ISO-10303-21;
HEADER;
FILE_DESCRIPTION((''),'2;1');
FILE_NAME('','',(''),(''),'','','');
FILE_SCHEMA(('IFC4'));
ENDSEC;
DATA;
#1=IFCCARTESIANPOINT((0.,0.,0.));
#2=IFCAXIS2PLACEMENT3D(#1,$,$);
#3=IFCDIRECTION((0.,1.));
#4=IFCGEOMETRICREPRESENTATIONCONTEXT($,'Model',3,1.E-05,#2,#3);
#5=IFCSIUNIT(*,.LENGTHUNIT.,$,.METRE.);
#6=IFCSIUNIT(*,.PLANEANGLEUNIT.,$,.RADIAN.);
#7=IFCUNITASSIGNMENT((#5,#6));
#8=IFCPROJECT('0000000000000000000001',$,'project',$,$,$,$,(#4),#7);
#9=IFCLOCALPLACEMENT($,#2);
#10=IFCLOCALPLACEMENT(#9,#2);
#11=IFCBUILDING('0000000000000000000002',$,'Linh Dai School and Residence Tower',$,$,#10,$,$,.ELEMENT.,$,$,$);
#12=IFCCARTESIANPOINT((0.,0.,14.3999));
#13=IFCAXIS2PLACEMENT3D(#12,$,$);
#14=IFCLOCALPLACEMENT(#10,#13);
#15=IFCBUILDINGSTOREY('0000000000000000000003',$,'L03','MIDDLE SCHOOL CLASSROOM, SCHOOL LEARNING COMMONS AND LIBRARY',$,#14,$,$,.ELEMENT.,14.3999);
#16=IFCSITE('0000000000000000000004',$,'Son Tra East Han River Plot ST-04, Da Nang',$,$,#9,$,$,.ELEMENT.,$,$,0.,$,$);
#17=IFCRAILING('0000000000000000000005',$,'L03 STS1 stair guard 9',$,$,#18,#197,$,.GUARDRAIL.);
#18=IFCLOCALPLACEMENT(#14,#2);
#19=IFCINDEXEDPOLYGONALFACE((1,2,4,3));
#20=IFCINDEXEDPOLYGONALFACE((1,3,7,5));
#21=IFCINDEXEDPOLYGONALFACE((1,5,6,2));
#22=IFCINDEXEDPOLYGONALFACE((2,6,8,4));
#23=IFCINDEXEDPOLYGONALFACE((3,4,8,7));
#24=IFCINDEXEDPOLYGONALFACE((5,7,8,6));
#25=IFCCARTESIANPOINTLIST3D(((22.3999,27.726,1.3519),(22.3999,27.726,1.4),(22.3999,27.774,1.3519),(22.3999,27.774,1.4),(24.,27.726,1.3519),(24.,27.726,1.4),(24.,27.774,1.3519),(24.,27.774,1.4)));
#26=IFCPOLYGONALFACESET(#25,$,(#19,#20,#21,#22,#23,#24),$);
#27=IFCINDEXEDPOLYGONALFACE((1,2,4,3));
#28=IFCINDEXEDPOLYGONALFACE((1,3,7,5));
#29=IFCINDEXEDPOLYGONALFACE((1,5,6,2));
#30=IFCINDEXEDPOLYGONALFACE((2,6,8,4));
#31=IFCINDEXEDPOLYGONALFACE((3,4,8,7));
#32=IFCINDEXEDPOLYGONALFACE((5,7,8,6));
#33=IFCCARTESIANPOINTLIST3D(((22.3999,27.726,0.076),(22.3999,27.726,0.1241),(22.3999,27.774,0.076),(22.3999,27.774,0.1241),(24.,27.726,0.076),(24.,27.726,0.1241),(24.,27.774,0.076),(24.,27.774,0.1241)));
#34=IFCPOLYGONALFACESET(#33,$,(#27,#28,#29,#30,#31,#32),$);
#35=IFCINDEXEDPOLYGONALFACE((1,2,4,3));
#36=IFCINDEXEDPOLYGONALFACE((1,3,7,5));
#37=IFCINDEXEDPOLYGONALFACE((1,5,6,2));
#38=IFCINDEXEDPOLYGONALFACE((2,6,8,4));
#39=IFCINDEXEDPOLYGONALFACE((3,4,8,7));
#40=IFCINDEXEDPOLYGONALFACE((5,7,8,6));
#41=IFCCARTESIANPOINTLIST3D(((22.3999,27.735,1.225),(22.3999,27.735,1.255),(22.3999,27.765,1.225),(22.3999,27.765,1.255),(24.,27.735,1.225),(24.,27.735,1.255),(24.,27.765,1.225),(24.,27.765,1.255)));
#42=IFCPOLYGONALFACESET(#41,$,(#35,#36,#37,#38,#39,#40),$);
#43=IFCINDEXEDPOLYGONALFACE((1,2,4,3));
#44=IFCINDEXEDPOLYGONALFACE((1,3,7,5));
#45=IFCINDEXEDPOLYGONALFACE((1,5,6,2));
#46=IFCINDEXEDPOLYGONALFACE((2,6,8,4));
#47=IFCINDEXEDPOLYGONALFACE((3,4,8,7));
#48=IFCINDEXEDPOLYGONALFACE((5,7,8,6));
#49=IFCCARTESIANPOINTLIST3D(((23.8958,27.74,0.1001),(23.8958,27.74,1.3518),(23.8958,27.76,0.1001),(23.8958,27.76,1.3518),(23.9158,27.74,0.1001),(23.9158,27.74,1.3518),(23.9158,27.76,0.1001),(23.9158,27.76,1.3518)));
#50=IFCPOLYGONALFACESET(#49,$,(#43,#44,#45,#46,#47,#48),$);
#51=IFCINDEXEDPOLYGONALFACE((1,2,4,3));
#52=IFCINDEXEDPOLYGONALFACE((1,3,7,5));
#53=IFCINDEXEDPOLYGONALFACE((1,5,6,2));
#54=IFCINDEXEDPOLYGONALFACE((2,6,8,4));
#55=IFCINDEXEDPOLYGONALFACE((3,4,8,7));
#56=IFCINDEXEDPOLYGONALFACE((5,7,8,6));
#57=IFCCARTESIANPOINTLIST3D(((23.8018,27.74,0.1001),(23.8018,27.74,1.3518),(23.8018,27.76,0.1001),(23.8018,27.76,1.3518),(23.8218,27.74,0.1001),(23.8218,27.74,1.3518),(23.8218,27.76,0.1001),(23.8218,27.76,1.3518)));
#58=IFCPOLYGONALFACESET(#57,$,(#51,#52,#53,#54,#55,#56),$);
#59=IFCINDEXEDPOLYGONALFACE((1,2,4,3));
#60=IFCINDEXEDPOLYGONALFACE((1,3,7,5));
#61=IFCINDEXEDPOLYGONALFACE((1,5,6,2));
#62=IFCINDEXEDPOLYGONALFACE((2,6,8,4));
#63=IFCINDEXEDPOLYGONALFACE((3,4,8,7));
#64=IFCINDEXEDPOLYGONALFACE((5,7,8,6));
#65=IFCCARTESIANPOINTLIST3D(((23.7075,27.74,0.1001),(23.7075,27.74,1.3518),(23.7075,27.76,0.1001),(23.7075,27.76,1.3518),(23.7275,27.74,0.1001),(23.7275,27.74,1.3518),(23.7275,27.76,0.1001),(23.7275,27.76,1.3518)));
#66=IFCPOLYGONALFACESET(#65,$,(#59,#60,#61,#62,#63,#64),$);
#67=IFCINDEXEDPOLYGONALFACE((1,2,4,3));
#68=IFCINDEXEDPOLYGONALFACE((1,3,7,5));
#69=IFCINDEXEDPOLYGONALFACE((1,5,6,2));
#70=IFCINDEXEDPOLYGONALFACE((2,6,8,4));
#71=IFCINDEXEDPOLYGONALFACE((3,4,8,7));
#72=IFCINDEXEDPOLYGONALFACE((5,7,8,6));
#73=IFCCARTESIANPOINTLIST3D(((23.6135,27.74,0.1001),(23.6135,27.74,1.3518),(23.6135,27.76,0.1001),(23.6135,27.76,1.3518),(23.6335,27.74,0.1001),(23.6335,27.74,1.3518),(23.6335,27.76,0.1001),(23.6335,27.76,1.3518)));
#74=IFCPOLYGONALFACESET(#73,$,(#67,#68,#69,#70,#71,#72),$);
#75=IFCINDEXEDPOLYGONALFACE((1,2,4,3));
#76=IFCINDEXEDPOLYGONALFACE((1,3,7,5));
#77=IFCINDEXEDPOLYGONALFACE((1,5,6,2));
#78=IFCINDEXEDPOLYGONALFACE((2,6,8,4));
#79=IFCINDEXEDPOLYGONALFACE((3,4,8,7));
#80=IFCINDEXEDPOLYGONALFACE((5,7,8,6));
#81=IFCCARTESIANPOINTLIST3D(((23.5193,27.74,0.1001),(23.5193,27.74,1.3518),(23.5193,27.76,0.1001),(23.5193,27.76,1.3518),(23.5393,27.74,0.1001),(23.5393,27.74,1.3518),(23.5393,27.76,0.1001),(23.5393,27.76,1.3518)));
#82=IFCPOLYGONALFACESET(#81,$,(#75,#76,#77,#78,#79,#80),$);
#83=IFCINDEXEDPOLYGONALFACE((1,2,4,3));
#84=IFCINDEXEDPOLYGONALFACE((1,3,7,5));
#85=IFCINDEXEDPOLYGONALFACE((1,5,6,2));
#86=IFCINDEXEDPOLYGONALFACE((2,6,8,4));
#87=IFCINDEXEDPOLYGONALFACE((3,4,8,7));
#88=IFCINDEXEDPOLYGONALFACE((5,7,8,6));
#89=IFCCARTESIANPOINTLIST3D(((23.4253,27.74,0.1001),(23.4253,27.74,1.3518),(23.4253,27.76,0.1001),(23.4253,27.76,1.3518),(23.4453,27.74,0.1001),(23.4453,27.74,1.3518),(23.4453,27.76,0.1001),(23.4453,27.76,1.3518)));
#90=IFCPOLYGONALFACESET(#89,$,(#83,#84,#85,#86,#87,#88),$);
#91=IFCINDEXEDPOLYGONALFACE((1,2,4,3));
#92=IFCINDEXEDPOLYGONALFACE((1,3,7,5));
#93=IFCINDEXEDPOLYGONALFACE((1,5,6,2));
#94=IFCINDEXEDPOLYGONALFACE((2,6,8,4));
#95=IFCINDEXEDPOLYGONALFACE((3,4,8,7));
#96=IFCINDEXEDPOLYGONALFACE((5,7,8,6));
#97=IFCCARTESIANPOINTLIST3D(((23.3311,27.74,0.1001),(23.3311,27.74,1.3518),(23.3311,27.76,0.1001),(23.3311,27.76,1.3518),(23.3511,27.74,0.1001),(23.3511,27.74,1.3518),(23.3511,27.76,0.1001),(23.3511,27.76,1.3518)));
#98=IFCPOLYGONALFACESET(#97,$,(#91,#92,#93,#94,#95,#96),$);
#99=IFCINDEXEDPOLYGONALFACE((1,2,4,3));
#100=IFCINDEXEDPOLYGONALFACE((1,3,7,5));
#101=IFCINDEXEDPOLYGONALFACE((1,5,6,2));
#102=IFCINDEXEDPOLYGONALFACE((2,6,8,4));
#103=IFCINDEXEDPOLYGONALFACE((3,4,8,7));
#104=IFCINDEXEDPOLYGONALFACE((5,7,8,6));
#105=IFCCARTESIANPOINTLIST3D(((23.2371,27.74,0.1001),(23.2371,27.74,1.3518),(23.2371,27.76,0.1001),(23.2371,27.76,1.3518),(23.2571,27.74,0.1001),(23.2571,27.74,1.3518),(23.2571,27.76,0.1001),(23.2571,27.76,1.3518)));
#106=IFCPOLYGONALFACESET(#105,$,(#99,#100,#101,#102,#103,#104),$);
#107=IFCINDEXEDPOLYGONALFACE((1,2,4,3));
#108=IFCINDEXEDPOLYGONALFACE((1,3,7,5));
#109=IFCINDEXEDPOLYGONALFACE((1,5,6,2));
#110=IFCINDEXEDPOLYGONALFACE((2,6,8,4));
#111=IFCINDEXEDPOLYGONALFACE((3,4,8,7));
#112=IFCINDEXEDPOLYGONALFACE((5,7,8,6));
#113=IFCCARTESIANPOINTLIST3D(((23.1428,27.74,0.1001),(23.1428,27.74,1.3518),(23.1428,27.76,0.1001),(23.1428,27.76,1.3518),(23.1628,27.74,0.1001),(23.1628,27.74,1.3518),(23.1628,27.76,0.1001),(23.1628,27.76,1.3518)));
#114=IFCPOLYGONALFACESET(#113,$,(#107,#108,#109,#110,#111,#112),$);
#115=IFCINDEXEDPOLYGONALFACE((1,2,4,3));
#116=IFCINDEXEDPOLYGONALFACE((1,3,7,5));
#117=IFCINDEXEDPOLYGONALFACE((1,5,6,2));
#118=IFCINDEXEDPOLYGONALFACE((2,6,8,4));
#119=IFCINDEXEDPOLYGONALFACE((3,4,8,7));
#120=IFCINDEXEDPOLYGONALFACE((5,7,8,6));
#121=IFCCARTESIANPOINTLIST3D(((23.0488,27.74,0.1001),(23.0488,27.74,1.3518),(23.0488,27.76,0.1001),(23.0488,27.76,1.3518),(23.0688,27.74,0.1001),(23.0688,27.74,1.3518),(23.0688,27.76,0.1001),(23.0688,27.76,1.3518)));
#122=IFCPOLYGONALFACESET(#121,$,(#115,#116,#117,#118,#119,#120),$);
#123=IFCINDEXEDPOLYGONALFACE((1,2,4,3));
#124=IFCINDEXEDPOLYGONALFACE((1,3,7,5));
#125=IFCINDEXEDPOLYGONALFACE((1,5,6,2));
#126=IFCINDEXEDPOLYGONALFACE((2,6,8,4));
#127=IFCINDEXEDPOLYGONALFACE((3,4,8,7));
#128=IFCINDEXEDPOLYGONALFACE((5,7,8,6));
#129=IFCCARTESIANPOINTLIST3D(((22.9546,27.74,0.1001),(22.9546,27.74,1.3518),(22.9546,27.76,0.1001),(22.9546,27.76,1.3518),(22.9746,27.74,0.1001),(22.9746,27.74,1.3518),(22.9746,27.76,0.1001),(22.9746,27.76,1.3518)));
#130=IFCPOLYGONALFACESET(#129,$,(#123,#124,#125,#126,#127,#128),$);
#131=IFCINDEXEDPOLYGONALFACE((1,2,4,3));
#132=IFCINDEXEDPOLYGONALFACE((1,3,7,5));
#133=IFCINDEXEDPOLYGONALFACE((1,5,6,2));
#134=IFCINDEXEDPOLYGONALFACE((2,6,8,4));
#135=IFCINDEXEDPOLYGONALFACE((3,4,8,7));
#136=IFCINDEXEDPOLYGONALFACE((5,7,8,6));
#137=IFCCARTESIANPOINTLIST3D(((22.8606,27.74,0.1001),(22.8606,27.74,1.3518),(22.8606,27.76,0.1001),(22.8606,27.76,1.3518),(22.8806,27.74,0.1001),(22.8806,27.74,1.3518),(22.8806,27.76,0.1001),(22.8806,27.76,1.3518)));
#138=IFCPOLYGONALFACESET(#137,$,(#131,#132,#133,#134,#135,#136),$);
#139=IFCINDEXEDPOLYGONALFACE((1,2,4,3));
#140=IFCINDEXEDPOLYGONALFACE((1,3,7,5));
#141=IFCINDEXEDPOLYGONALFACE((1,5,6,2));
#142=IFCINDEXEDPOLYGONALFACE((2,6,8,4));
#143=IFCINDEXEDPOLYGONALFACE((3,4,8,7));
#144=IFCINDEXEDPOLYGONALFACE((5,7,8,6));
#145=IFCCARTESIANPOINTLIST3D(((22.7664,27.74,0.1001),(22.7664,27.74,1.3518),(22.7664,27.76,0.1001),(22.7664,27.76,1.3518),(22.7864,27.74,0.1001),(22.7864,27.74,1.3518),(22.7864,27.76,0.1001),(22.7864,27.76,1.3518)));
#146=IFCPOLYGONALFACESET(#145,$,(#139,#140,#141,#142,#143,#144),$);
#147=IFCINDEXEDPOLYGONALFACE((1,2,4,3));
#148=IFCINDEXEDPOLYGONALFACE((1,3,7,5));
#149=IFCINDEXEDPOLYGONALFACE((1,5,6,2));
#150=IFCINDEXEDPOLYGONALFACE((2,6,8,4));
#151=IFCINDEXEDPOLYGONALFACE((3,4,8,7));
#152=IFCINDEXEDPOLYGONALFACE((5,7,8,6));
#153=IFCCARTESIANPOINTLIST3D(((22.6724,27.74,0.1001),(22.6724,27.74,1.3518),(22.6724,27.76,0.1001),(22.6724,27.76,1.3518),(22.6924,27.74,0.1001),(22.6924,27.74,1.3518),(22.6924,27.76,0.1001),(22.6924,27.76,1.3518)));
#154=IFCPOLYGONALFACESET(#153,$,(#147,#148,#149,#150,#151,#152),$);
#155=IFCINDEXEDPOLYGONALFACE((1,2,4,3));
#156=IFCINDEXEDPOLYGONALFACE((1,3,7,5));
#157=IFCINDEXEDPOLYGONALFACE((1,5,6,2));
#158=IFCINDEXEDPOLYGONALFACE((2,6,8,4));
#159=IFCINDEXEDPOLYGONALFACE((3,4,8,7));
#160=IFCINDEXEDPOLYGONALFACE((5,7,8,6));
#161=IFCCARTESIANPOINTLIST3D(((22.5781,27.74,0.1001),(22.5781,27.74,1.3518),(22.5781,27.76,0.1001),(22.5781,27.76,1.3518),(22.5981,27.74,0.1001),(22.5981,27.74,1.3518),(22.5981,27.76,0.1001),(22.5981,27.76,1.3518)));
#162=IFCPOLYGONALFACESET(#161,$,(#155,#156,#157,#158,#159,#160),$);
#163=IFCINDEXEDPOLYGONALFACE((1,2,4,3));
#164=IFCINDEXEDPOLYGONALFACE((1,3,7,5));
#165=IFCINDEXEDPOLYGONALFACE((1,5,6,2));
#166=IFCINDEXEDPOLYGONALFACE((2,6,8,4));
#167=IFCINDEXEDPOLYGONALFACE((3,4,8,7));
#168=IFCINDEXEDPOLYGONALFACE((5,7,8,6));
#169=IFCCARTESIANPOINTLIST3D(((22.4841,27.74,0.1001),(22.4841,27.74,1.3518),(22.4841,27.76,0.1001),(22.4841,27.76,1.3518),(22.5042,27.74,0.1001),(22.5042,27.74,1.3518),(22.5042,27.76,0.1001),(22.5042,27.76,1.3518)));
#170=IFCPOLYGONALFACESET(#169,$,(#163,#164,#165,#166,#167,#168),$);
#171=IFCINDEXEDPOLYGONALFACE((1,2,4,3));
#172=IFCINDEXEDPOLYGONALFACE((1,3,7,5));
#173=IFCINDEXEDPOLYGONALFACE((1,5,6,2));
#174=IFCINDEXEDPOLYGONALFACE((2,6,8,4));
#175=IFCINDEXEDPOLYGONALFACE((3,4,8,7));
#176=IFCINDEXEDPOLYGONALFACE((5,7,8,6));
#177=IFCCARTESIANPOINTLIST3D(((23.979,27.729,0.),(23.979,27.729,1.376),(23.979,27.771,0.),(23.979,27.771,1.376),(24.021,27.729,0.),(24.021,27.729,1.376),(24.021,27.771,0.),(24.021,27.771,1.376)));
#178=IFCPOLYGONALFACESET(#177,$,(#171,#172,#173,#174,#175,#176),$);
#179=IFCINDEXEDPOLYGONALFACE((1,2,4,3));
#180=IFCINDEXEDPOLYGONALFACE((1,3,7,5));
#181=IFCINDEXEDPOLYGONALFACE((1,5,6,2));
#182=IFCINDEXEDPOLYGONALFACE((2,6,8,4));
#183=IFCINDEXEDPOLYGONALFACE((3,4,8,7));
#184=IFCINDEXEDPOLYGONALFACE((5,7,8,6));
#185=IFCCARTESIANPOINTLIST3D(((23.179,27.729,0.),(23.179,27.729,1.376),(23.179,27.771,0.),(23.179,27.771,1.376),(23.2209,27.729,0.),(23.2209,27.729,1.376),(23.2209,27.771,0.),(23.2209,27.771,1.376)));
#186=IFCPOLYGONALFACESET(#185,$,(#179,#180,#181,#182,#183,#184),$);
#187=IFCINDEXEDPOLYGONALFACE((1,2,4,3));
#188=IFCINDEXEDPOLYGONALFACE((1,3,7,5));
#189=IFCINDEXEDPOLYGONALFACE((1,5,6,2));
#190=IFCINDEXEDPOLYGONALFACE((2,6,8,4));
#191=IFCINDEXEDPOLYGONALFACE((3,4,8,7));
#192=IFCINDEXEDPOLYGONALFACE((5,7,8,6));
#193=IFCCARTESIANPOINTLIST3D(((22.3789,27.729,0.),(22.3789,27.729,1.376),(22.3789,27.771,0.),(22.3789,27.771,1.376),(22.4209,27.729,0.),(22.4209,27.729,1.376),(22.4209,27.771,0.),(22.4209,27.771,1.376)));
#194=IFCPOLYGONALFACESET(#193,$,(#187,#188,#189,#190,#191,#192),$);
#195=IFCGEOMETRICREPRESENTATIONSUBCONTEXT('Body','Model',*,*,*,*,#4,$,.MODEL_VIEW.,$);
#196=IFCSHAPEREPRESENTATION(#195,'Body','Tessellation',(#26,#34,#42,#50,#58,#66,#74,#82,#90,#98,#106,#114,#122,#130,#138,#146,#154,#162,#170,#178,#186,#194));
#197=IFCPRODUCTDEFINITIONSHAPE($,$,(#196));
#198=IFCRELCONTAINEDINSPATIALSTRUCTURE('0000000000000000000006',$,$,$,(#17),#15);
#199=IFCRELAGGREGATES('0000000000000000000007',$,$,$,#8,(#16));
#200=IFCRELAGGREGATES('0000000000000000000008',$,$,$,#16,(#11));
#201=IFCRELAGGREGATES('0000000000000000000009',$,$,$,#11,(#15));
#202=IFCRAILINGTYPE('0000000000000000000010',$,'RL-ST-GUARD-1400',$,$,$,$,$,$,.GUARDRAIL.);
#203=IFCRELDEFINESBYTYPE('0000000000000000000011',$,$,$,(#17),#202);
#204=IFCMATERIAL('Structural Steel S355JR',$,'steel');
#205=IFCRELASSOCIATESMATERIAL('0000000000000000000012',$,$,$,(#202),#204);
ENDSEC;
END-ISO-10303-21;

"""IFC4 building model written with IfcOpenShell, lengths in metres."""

from ifc_helpers import new_model, si_unit, direction, frame, origin, origin_2d, place, context, subcontext, project, spatial, rectangle, extrude, source, transform, mapped, material, type_object, element, save


model = new_model("IFC4")

# Units and contexts
model_context = context("Model", 3, precision=1e-05, world=origin(), true_north=direction((0.0, 1.0)))
body_context = subcontext(model_context, "Body", "Model", "MODEL_VIEW")
ifc_project = project(units=[si_unit("LENGTHUNIT", "METRE"), si_unit("PLANEANGLEUNIT", "RADIAN")], contexts=[model_context])

# Site, building, storey
site_placement = place(None, origin())
site = spatial("IfcSite", under=ifc_project, at=site_placement, Name="Son Tra East Han River Plot ST-04, Da Nang", CompositionType="ELEMENT", RefElevation=0.0)
building_placement = place(site_placement, origin())
building = spatial("IfcBuilding", under=site, at=building_placement, Name="Linh Dai School and Residence Tower", CompositionType="ELEMENT")
storey_placement = place(building_placement, frame((0.0, 0.0, 14.3999)))
storey = spatial("IfcBuildingStorey", under=building, at=storey_placement, Name="L03", Description="MIDDLE SCHOOL CLASSROOM, SCHOOL LEARNING COMMONS AND LIBRARY", CompositionType="ELEMENT", Elevation=14.3999)

# Shared definitions
ifc_material_1 = material(Name="Structural Steel S355JR", Category="steel")

# Railing
railing_type_1 = type_object("IfcRailingType", Name="RL-ST-GUARD-1400", PredefinedType="GUARDRAIL", material=ifc_material_1)
shared_shape_1 = source(origin(), body_context, "Body", "SweptSolid", [
    extrude(rectangle(XDim=0.0481, YDim=0.0481, at=origin_2d()), frame((0.0, 0.0, 1.376), z_axis=(-1.0, 0.0, 0.0), x_axis=(0.0, -1.0, 0.0)), (0.0, 0.0, 1.0), 1.6001),
    extrude(rectangle(XDim=0.0481, YDim=0.0481, at=origin_2d()), frame((0.0, 0.0, 0.1001), z_axis=(-1.0, 0.0, 0.0), x_axis=(0.0, -1.0, 0.0)), (0.0, 0.0, 1.0), 1.6001),
    extrude(rectangle(XDim=0.03, YDim=0.03, at=origin_2d()), frame((0.0, 0.0, 1.24), z_axis=(-1.0, 0.0, 0.0), x_axis=(0.0, -1.0, 0.0)), (0.0, 0.0, 1.0), 1.6001),
    extrude(rectangle(XDim=0.02, YDim=0.02, at=origin_2d()), frame((-0.0942, 0.0, 0.1001)), (0.0, 0.0, 1.0), 1.2517),
    extrude(rectangle(XDim=0.02, YDim=0.02, at=origin_2d()), frame((-0.1882, 0.0, 0.1001)), (0.0, 0.0, 1.0), 1.2517),
    extrude(rectangle(XDim=0.02, YDim=0.02, at=origin_2d()), frame((-0.2825, 0.0, 0.1001)), (0.0, 0.0, 1.0), 1.2517),
    extrude(rectangle(XDim=0.02, YDim=0.02, at=origin_2d()), frame((-0.3765, 0.0, 0.1001)), (0.0, 0.0, 1.0), 1.2517),
    extrude(rectangle(XDim=0.02, YDim=0.02, at=origin_2d()), frame((-0.4707, 0.0, 0.1001)), (0.0, 0.0, 1.0), 1.2517),
    extrude(rectangle(XDim=0.02, YDim=0.02, at=origin_2d()), frame((-0.5647, 0.0, 0.1001)), (0.0, 0.0, 1.0), 1.2517),
    extrude(rectangle(XDim=0.02, YDim=0.02, at=origin_2d()), frame((-0.6589, 0.0, 0.1001)), (0.0, 0.0, 1.0), 1.2517),
    extrude(rectangle(XDim=0.02, YDim=0.02, at=origin_2d()), frame((-0.7529, 0.0, 0.1001)), (0.0, 0.0, 1.0), 1.2517),
    extrude(rectangle(XDim=0.02, YDim=0.02, at=origin_2d()), frame((-0.8472, 0.0, 0.1001)), (0.0, 0.0, 1.0), 1.2517),
    extrude(rectangle(XDim=0.02, YDim=0.02, at=origin_2d()), frame((-0.9412, 0.0, 0.1001)), (0.0, 0.0, 1.0), 1.2517),
    extrude(rectangle(XDim=0.02, YDim=0.02, at=origin_2d()), frame((-1.0354, 0.0, 0.1001)), (0.0, 0.0, 1.0), 1.2517),
    extrude(rectangle(XDim=0.02, YDim=0.02, at=origin_2d()), frame((-1.1294, 0.0, 0.1001)), (0.0, 0.0, 1.0), 1.2517),
    extrude(rectangle(XDim=0.02, YDim=0.02, at=origin_2d()), frame((-1.2236, 0.0, 0.1001)), (0.0, 0.0, 1.0), 1.2517),
    extrude(rectangle(XDim=0.02, YDim=0.02, at=origin_2d()), frame((-1.3176, 0.0, 0.1001)), (0.0, 0.0, 1.0), 1.2517),
    extrude(rectangle(XDim=0.02, YDim=0.02, at=origin_2d()), frame((-1.4119, 0.0, 0.1001)), (0.0, 0.0, 1.0), 1.2517),
    extrude(rectangle(XDim=0.02, YDim=0.02, at=origin_2d()), frame((-1.5059, 0.0, 0.1001)), (0.0, 0.0, 1.0), 1.2517),
    extrude(rectangle(XDim=0.042, YDim=0.042, at=origin_2d()), origin(), (0.0, 0.0, 1.0), 1.376),
    extrude(rectangle(XDim=0.042, YDim=0.042, at=origin_2d()), frame((-0.8, 0.0, 0.0)), (0.0, 0.0, 1.0), 1.376),
    extrude(rectangle(XDim=0.042, YDim=0.042, at=origin_2d()), frame((-1.6001, 0.0, 0.0)), (0.0, 0.0, 1.0), 1.376),
])
for number, where, name in (
    (1, (24.0, 27.75, 0.0), "L03 STS1 stair guard 9"),
):
    element("IfcRailing", number, at=place(storey_placement, frame(where)), inside=storey, type_object=railing_type_1, Name=name, PredefinedType="GUARDRAIL", context=body_context, shape_type="MappedRepresentation", body=[
        mapped(shared_shape_1, transform((0.0, 0.0, 0.0), x_axis=(1.0, 0.0, 0.0), y_axis=(0.0, 1.0, 0.0), z_axis=(0.0, 0.0, 1.0), scale=1.0)),
    ])

save(model, "model.ifc")
